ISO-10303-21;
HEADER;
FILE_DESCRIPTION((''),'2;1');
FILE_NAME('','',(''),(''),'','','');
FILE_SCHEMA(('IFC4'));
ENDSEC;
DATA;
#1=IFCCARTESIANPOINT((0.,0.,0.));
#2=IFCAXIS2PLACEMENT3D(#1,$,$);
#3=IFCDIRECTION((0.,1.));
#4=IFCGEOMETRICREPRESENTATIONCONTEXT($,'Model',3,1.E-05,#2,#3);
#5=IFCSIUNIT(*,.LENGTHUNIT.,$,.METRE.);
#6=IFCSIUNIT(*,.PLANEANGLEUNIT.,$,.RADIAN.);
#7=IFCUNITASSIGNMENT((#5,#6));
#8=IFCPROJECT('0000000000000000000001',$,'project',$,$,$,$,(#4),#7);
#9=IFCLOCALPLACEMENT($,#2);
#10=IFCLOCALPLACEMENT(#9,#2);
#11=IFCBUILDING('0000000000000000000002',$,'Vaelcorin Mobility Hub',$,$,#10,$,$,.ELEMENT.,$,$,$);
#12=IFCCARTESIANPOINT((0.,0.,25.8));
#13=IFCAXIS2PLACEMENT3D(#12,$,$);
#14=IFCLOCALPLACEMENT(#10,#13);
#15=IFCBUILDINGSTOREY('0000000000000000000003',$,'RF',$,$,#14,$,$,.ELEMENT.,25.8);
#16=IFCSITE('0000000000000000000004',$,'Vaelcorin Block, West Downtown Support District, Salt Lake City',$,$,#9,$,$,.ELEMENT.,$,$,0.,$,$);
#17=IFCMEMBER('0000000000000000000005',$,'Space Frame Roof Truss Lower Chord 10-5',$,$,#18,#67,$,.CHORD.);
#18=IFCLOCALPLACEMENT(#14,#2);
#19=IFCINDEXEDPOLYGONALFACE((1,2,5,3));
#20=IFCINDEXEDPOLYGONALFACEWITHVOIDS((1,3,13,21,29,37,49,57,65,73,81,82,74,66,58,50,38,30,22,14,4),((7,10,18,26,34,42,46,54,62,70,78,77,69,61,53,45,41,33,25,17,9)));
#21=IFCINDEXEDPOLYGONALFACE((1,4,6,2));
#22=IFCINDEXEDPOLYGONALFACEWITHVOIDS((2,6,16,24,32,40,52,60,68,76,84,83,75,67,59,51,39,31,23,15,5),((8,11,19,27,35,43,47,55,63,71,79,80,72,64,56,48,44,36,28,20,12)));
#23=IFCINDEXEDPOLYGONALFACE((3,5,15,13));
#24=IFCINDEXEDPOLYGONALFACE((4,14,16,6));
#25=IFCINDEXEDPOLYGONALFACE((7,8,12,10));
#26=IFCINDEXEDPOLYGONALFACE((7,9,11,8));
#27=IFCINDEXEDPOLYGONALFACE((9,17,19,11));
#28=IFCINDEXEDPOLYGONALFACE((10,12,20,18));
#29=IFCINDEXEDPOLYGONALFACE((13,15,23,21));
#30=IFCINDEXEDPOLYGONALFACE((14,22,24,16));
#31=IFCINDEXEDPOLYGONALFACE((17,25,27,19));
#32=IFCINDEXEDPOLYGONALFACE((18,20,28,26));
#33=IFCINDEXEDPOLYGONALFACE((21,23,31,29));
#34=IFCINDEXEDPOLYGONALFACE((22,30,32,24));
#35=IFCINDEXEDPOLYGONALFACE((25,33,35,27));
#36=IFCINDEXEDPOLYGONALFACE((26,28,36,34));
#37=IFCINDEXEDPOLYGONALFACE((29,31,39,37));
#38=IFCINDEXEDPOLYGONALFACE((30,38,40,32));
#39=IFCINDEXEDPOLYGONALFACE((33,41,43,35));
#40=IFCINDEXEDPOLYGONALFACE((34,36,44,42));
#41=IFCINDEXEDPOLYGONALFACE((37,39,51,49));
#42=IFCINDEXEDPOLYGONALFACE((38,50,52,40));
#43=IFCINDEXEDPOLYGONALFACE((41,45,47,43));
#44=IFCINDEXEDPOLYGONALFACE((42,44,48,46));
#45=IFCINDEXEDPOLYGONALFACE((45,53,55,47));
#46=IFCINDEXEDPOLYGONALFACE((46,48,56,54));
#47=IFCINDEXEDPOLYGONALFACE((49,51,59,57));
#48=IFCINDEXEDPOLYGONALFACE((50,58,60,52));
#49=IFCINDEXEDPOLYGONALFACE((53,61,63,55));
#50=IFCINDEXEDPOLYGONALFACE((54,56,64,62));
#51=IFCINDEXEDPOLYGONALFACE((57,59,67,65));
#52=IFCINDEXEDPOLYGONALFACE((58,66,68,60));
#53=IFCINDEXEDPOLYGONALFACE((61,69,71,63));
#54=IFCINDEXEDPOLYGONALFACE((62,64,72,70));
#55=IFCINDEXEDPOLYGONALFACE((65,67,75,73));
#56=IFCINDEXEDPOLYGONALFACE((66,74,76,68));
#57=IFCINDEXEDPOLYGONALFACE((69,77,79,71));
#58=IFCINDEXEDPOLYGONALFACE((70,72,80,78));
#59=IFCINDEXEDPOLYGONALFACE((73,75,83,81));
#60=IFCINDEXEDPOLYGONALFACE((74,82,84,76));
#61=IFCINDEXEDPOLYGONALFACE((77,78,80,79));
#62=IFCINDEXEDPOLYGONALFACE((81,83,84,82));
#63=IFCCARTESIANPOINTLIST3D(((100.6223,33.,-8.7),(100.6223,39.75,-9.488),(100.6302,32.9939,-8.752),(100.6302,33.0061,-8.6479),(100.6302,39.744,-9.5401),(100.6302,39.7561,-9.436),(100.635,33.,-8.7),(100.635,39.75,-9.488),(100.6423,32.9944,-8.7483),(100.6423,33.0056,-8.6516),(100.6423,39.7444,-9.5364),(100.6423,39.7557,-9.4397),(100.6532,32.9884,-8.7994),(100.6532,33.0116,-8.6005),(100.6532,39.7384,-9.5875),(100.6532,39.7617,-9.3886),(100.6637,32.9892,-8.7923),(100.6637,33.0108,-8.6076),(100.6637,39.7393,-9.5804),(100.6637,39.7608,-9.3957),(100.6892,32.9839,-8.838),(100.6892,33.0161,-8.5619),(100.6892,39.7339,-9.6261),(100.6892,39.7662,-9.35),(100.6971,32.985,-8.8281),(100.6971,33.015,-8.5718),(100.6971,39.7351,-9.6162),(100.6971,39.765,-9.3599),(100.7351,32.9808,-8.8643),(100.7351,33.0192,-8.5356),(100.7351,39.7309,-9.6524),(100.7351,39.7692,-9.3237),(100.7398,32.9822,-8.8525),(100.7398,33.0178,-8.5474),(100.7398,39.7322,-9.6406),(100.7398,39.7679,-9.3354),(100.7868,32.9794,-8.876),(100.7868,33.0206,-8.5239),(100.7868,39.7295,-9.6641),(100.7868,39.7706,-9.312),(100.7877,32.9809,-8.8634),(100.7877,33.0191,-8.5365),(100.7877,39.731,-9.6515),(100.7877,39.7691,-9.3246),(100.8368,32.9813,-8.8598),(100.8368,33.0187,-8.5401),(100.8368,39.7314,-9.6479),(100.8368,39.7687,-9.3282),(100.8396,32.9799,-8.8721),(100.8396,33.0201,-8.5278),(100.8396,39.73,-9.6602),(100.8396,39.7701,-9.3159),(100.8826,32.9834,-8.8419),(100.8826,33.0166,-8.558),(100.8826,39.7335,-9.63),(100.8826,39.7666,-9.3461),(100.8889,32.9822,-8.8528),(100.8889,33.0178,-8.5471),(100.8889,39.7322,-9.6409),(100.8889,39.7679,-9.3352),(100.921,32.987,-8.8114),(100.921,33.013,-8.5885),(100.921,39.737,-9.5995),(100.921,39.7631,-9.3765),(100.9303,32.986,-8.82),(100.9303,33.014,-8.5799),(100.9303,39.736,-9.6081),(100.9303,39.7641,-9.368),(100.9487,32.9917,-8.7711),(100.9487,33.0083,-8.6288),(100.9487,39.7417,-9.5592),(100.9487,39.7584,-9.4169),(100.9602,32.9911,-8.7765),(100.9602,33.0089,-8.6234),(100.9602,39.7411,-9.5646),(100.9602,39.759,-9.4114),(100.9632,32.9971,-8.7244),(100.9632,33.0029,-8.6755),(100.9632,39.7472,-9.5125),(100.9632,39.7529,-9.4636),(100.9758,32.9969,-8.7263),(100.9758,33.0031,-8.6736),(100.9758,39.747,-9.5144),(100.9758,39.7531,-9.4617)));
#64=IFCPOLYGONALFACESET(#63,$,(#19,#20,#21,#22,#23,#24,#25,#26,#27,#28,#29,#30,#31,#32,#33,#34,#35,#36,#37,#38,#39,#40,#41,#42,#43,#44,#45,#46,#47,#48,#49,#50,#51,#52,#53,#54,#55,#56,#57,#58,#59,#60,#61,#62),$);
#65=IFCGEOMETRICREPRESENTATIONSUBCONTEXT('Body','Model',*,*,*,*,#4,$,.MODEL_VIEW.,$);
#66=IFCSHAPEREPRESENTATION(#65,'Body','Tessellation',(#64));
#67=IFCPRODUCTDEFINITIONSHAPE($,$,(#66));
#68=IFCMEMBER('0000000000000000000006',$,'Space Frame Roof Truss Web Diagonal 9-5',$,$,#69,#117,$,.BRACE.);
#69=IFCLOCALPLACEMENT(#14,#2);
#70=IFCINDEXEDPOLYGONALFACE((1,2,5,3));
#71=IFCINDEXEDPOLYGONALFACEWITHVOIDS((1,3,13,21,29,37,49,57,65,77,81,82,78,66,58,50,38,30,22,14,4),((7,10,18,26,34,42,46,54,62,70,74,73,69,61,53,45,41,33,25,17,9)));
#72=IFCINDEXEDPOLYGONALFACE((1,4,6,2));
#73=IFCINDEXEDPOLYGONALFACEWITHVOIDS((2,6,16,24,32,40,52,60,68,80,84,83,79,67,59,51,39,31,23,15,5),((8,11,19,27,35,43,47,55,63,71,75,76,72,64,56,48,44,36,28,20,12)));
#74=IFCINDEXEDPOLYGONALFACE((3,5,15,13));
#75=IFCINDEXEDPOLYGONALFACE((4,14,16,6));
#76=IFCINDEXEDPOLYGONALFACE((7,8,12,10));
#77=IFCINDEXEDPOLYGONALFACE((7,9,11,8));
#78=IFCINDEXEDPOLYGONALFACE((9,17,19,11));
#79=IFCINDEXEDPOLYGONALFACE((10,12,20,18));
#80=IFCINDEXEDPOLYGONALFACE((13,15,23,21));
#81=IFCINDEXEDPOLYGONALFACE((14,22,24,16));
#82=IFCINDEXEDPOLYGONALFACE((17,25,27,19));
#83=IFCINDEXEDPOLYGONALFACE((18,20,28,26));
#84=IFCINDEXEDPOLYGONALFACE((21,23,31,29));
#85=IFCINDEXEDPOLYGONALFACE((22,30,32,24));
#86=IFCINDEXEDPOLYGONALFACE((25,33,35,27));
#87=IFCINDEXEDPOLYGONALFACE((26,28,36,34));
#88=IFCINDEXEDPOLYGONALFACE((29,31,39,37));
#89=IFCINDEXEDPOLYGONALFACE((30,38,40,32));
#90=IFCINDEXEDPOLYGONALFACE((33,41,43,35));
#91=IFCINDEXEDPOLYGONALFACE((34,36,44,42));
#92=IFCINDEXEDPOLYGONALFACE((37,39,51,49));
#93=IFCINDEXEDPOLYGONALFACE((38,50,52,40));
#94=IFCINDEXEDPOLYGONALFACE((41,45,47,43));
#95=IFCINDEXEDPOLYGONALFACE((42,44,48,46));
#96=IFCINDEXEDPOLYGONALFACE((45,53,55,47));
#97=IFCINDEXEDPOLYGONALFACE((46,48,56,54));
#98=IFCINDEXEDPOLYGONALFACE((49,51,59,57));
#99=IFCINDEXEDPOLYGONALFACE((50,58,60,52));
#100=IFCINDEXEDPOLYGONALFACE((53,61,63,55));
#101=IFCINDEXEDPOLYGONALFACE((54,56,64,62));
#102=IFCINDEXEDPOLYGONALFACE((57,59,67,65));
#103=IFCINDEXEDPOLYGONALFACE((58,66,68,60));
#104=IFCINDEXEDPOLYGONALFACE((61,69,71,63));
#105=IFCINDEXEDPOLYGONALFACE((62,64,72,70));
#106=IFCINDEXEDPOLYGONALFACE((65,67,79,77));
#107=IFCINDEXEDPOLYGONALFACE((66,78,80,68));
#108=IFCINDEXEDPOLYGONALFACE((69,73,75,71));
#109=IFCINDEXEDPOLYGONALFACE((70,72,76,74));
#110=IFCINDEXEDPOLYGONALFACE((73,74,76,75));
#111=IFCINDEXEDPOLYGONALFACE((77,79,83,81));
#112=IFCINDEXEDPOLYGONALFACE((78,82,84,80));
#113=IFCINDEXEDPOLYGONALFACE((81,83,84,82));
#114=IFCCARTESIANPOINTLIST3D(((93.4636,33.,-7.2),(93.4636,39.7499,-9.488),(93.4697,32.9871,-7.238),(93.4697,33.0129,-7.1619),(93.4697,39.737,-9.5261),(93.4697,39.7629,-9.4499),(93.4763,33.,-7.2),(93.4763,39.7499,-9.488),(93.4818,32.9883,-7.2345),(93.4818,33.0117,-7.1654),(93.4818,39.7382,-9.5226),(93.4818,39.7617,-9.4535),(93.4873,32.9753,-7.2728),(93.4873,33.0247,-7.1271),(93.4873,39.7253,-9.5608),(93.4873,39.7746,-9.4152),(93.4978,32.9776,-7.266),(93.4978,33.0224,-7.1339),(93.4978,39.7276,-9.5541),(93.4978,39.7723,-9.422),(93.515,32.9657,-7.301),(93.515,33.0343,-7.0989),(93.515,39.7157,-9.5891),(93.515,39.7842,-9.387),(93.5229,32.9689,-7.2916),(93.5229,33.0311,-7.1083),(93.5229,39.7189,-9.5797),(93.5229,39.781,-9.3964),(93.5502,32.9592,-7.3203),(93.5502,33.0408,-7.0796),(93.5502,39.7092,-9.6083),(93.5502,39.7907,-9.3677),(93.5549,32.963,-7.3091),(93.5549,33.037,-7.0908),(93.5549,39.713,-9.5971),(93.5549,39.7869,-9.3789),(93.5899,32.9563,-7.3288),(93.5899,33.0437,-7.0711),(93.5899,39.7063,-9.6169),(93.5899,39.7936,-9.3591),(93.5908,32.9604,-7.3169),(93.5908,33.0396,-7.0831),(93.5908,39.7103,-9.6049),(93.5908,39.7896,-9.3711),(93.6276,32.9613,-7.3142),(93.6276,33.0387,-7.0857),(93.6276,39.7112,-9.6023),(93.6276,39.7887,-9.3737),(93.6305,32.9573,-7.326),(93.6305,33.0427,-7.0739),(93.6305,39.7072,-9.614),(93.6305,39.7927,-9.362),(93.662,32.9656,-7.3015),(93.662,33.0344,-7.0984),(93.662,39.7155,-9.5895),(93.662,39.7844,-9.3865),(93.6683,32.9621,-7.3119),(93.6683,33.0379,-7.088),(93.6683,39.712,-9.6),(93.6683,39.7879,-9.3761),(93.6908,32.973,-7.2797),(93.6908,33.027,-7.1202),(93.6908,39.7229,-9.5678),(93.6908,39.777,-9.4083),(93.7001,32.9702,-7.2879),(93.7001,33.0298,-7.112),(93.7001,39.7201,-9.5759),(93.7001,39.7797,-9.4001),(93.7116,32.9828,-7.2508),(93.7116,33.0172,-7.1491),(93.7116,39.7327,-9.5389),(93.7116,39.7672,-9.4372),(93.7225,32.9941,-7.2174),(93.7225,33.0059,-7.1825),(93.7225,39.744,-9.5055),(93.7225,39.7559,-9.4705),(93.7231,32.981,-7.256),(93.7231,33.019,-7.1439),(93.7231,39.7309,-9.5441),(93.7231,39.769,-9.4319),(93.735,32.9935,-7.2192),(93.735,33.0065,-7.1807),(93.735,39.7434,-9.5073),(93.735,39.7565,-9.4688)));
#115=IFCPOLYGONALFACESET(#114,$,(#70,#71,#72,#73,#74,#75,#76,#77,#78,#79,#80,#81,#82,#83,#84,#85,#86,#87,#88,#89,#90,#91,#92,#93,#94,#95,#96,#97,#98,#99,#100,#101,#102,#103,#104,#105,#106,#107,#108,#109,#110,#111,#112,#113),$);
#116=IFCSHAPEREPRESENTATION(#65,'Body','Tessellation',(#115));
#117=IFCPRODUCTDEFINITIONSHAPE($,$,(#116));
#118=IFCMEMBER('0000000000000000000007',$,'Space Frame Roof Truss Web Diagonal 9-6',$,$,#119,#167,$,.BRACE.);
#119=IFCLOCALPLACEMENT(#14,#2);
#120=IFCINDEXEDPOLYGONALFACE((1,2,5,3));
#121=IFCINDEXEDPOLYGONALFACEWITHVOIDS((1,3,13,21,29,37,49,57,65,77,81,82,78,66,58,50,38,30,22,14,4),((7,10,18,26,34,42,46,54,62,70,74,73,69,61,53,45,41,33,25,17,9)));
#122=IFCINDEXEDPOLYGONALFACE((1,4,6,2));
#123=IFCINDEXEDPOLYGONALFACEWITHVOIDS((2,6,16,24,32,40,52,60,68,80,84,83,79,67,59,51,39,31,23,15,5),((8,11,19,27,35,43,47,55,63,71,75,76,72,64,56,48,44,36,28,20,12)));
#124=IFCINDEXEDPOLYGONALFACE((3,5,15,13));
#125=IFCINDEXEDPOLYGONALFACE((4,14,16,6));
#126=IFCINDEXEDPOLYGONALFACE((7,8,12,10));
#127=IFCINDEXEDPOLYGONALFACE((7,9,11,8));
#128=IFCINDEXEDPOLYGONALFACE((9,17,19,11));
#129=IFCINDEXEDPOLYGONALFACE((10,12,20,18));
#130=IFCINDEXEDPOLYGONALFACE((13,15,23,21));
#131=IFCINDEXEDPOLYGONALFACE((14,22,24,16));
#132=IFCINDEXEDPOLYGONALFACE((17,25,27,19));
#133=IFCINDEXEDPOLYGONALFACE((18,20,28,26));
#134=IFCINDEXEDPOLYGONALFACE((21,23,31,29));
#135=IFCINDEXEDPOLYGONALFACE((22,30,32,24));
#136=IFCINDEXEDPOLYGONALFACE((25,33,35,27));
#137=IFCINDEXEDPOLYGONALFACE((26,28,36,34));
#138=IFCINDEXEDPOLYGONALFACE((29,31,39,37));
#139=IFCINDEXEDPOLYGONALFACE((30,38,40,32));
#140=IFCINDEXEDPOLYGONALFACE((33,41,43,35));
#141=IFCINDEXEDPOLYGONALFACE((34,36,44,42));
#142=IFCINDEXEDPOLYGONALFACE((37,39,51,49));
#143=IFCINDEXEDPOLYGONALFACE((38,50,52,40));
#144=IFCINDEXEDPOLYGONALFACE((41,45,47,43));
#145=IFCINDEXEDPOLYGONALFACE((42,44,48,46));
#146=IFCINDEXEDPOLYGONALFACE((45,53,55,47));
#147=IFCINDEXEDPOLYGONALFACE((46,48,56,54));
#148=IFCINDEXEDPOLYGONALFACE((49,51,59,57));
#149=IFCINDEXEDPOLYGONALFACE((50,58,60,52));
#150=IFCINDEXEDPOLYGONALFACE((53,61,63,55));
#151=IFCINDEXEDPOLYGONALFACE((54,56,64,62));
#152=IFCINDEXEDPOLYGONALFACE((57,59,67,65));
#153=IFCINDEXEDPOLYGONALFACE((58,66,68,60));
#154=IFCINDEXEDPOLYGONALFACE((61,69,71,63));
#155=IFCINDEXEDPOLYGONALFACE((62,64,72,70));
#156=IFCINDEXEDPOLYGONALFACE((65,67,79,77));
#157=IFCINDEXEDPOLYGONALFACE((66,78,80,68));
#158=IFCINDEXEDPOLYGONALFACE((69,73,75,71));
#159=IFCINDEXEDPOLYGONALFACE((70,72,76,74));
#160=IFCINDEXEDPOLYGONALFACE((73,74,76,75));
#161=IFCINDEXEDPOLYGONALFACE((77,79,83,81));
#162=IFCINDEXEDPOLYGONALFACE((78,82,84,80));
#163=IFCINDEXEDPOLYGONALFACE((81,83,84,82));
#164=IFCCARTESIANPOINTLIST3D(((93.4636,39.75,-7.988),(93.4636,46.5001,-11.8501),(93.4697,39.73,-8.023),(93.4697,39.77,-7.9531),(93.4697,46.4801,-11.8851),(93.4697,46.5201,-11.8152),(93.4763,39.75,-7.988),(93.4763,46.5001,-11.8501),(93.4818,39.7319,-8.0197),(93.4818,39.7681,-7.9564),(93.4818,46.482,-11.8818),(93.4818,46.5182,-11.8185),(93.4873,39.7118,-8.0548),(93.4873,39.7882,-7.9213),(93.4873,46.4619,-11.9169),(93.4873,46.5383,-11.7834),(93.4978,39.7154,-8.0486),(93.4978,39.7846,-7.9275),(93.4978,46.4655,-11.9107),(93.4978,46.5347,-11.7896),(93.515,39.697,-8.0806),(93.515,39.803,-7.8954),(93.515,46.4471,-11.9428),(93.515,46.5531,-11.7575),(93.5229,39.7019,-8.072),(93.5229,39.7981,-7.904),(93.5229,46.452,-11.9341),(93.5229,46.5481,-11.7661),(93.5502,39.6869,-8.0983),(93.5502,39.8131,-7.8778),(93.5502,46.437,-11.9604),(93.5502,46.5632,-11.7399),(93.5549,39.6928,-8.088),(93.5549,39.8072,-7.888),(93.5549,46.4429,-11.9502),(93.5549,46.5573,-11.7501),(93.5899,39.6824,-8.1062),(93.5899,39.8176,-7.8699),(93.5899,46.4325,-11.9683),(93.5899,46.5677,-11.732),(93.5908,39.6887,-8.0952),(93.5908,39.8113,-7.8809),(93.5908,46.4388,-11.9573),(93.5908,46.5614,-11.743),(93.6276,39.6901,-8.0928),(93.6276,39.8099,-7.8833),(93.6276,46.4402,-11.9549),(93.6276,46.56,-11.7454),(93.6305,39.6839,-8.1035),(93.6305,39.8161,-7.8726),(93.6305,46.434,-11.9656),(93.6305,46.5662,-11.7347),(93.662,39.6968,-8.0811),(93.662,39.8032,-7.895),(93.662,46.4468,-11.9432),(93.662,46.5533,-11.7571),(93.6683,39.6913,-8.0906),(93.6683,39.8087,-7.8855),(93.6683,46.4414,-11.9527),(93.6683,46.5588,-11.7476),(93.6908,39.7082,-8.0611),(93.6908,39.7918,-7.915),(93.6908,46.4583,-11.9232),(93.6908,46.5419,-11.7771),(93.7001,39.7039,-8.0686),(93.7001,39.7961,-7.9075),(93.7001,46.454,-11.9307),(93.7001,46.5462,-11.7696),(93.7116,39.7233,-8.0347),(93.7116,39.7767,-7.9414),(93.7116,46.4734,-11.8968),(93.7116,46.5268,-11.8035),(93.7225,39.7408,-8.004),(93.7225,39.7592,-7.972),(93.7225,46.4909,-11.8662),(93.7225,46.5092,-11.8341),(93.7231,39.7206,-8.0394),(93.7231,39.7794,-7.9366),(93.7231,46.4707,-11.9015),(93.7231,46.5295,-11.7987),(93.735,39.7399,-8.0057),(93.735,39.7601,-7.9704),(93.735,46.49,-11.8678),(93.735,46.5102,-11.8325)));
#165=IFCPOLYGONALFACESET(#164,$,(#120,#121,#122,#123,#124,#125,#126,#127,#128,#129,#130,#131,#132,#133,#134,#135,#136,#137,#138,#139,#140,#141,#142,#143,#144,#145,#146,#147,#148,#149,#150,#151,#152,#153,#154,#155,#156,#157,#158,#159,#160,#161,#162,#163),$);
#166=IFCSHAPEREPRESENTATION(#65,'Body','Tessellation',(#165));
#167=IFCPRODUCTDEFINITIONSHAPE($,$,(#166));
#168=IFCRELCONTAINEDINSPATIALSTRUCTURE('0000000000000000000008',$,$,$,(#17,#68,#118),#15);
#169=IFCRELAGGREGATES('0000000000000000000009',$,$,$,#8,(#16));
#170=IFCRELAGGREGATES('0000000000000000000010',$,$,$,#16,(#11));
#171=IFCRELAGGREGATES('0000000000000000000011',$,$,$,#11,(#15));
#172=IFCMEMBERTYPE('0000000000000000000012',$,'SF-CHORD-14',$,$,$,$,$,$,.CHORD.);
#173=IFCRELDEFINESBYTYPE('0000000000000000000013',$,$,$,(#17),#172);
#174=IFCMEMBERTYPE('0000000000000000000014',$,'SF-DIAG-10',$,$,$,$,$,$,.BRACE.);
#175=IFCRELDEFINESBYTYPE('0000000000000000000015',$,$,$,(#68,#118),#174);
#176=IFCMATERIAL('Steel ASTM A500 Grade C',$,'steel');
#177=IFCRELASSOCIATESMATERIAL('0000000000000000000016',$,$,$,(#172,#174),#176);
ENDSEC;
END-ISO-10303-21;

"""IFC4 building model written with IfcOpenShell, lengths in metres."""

from ifc_helpers import new_model, si_unit, direction, frame, origin, origin_2d, place, context, subcontext, project, spatial, hollow_circle, extrude, material, material_profile, profile_set, type_object, element, save


model = new_model("IFC4")

# Units and contexts
model_context = context("Model", 3, precision=1e-05, world=origin(), true_north=direction((0.0, 1.0)))
body_context = subcontext(model_context, "Body", "Model", "MODEL_VIEW")
ifc_project = project(units=[si_unit("LENGTHUNIT", "METRE"), si_unit("PLANEANGLEUNIT", "RADIAN")], contexts=[model_context])

# Site, building, storey
site_placement = place(None, origin())
site = spatial("IfcSite", under=ifc_project, at=site_placement, Name="Vaelcorin Block, West Downtown Support District, Salt Lake City", CompositionType="ELEMENT", RefElevation=0.0)
building_placement = place(site_placement, origin())
building = spatial("IfcBuilding", under=site, at=building_placement, Name="Vaelcorin Mobility Hub", CompositionType="ELEMENT")
storey_placement = place(building_placement, frame((0.0, 0.0, 25.8)))
storey = spatial("IfcBuildingStorey", under=building, at=storey_placement, Name="RF", CompositionType="ELEMENT", Elevation=25.8)

# Members
ifc_material_1 = material(Name="Steel ASTM A500 Grade C", Category="steel")
ifc_material_profile_1 = material_profile(ifc_material_1, hollow_circle(Radius=0.1777, WallThickness=0.0127, at=origin_2d()), Name="HSS14.000X0.500")
ifc_profile_set_1 = profile_set([ifc_material_profile_1], Name="Steel ASTM A500 Grade C")
member_type_1 = type_object("IfcMemberType", Name="SF-CHORD-14", PredefinedType="CHORD", material=ifc_profile_set_1)
member_1_placement = place(storey_placement, frame((100.8, 33.0, -8.7), z_axis=(0.0, 0.993253, -0.115966), x_axis=(-1.0, 0.0, 0.0)))
element("IfcMember", 1, at=member_1_placement, inside=storey, type_object=member_type_1, Name="Space Frame Roof Truss Lower Chord 10-5", PredefinedType="CHORD", context=body_context, shape_type="SweptSolid", body=[
    extrude(hollow_circle(Radius=0.1777, WallThickness=0.0127, at=origin_2d()), origin(), (0.0, 0.0, 1.0), 6.7959),
])
ifc_material_profile_2 = material_profile(ifc_material_1, hollow_circle(Radius=0.1365, WallThickness=0.0127, at=origin_2d()), Name="HSS10.750X0.500")
ifc_profile_set_2 = profile_set([ifc_material_profile_2], Name="Steel ASTM A500 Grade C")
member_type_2 = type_object("IfcMemberType", Name="SF-DIAG-10", PredefinedType="BRACE", material=ifc_profile_set_2)
member_2_placement = place(storey_placement, frame((93.6001, 33.0, -7.2), z_axis=(0.0, 0.947068, -0.321033), x_axis=(-1.0, 0.0, 0.0)))
element("IfcMember", 2, at=member_2_placement, inside=storey, type_object=member_type_2, Name="Space Frame Roof Truss Web Diagonal 9-5", PredefinedType="BRACE", context=body_context, shape_type="SweptSolid", body=[
    extrude(hollow_circle(Radius=0.1365, WallThickness=0.0127, at=origin_2d()), origin(), (0.0, 0.0, 1.0), 7.1272),
])
member_3_placement = place(storey_placement, frame((93.6001, 39.75, -7.988), z_axis=(0.0, 0.867971, -0.496616), x_axis=(-1.0, 0.0, 0.0)))
element("IfcMember", 3, at=member_3_placement, inside=storey, type_object=member_type_2, Name="Space Frame Roof Truss Web Diagonal 9-6", PredefinedType="BRACE", context=body_context, shape_type="SweptSolid", body=[
    extrude(hollow_circle(Radius=0.1365, WallThickness=0.0127, at=origin_2d()), origin(), (0.0, 0.0, 1.0), 7.7769),
])

save(model, "model.ifc")
